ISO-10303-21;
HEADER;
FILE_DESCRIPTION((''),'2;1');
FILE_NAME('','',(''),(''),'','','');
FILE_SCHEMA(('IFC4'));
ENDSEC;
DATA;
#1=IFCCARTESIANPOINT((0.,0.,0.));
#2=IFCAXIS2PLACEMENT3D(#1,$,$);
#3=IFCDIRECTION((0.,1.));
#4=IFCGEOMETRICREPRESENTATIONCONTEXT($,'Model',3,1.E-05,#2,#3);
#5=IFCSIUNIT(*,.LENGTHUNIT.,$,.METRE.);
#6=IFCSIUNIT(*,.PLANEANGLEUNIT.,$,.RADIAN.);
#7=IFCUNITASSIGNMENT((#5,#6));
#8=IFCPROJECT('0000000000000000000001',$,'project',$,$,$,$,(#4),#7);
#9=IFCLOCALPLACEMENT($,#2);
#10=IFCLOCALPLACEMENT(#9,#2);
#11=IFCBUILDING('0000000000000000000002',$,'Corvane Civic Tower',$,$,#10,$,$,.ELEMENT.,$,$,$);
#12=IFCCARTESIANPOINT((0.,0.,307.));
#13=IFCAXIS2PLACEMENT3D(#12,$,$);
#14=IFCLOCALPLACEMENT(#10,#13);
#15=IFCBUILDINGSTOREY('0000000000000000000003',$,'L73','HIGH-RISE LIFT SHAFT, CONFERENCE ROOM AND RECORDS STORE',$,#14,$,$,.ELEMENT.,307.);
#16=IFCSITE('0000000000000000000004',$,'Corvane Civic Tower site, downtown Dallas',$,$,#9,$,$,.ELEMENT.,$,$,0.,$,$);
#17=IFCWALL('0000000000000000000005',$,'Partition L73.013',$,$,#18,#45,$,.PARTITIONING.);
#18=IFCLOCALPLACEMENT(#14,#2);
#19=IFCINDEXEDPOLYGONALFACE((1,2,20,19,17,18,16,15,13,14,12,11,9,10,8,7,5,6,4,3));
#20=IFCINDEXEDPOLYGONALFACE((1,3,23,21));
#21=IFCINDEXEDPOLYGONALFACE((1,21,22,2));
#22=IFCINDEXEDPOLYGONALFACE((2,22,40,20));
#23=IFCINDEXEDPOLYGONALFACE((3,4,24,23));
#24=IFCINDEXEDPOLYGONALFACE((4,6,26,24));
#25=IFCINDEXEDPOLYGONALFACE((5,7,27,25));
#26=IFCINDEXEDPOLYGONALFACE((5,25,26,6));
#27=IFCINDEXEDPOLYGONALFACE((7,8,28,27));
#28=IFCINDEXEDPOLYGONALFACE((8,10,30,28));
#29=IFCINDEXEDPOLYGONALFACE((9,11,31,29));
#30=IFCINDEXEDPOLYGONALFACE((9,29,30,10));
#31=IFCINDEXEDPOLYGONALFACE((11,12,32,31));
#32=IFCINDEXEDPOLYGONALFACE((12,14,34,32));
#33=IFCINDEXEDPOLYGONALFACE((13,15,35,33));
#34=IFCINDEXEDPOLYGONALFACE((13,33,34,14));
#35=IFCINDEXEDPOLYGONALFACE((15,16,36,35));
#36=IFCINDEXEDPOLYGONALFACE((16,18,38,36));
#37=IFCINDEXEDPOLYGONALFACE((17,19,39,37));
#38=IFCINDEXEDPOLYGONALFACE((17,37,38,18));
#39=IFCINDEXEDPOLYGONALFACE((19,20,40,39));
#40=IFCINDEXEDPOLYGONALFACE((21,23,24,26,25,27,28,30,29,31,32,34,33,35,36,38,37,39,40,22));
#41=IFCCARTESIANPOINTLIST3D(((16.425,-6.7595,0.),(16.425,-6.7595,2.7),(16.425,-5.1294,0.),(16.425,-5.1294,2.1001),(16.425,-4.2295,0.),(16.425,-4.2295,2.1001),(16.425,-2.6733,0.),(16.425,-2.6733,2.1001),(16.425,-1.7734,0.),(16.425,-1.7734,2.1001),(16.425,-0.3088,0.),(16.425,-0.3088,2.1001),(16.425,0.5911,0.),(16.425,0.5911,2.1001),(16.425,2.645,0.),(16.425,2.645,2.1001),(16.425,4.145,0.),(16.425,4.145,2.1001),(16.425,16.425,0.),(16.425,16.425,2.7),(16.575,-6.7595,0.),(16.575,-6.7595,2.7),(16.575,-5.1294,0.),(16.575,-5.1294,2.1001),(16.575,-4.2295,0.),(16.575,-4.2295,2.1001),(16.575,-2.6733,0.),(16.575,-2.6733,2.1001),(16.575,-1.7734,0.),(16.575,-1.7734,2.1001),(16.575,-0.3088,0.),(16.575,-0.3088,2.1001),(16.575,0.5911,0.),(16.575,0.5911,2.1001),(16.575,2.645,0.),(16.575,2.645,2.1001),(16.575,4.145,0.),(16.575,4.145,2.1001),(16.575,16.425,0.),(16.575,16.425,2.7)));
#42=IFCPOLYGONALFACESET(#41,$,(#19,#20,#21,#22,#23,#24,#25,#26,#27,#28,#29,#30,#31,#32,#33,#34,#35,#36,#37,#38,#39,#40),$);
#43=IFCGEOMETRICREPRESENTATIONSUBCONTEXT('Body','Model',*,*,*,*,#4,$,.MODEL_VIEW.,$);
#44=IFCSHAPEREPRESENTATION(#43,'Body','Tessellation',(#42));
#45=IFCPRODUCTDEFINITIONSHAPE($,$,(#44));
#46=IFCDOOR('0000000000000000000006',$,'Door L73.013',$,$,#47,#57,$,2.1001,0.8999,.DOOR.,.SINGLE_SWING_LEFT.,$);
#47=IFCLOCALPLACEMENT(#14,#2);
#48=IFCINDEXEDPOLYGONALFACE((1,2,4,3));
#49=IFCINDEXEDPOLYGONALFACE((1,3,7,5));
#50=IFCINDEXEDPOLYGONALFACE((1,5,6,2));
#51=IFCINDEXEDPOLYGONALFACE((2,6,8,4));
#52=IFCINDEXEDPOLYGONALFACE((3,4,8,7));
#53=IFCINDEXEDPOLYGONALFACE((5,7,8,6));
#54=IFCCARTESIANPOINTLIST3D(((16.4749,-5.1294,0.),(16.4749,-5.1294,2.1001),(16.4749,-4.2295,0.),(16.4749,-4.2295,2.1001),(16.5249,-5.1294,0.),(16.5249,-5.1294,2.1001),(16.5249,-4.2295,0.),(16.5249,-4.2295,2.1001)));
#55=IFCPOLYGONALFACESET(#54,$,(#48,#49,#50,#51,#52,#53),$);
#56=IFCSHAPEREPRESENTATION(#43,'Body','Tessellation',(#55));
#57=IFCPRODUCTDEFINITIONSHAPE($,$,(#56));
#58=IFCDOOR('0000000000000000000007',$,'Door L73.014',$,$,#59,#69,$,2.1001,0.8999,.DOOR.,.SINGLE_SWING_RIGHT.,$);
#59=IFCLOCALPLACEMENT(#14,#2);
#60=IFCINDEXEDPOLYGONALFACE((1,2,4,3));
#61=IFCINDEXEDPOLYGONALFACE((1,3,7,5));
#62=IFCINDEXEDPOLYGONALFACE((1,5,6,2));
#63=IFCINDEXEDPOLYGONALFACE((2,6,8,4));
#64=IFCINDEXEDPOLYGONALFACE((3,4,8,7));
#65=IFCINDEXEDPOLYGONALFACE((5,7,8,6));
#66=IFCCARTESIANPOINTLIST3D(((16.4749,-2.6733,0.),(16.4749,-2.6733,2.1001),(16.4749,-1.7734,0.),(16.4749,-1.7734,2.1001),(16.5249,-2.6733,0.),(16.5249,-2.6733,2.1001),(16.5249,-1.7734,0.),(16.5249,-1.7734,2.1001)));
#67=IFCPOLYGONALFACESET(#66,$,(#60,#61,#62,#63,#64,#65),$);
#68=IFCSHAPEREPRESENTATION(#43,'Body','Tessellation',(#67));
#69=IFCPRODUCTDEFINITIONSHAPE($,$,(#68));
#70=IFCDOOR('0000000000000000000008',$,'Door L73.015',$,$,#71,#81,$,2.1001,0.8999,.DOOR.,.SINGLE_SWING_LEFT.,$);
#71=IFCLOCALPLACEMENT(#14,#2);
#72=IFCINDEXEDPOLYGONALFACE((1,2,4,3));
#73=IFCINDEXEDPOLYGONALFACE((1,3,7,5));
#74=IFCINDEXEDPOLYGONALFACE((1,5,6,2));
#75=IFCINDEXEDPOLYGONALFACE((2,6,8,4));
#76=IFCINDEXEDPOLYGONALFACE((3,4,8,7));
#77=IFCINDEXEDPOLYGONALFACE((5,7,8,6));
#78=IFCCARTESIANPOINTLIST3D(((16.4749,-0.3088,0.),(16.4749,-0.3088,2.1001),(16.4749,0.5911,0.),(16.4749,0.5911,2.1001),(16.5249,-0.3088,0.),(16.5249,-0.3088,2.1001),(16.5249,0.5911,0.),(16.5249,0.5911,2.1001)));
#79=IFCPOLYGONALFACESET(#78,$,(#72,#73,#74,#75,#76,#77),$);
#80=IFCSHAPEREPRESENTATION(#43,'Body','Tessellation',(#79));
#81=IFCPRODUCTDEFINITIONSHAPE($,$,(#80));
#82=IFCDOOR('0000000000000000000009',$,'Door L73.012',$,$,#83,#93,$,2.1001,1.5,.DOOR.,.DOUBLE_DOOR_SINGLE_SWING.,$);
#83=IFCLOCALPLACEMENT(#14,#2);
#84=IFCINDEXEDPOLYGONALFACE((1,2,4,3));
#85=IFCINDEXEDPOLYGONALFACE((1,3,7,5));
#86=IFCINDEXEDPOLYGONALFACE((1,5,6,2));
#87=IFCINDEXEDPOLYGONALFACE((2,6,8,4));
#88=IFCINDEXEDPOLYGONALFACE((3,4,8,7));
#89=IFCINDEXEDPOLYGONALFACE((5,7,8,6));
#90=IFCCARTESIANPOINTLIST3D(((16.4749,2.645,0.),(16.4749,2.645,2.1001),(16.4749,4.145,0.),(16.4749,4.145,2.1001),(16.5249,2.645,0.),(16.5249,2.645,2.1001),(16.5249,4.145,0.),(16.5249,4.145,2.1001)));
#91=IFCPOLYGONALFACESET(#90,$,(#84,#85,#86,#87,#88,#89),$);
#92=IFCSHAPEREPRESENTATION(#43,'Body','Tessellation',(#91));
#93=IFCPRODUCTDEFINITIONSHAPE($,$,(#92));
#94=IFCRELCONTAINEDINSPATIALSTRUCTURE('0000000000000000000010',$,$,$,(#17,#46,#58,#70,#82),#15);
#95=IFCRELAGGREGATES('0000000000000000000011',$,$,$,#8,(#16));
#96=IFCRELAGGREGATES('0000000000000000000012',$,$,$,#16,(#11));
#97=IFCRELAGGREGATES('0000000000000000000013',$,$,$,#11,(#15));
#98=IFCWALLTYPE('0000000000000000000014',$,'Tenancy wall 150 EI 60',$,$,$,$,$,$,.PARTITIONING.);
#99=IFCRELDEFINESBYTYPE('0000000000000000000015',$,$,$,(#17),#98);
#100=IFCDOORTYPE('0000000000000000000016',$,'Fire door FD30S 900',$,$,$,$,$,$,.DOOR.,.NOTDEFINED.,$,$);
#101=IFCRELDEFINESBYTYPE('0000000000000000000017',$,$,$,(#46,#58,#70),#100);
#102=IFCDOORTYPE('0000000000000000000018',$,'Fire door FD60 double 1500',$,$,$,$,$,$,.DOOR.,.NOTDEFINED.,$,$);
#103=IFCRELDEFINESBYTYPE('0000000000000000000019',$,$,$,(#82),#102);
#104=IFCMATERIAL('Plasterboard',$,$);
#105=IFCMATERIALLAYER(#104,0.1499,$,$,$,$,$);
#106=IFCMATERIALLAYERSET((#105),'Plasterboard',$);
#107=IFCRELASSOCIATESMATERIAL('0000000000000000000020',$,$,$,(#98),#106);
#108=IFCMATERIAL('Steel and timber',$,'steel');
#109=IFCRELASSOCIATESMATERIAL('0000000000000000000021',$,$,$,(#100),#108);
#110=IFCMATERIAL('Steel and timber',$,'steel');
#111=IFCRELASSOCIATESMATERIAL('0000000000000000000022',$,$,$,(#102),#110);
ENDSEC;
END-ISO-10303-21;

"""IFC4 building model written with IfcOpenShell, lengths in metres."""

from ifc_helpers import new_model, si_unit, direction, frame, frame_2d, origin, place, context, subcontext, project, spatial, rectangle, extrude, material, layer, layer_set, type_object, element, fill, save


model = new_model("IFC4")

# Units and contexts
model_context = context("Model", 3, precision=1e-05, world=origin(), true_north=direction((0.0, 1.0)))
body_context = subcontext(model_context, "Body", "Model", "MODEL_VIEW")
ifc_project = project(units=[si_unit("LENGTHUNIT", "METRE"), si_unit("PLANEANGLEUNIT", "RADIAN")], contexts=[model_context])

# Site, building, storey
site_placement = place(None, origin())
site = spatial("IfcSite", under=ifc_project, at=site_placement, Name="Corvane Civic Tower site, downtown Dallas", CompositionType="ELEMENT", RefElevation=0.0)
building_placement = place(site_placement, origin())
building = spatial("IfcBuilding", under=site, at=building_placement, Name="Corvane Civic Tower", CompositionType="ELEMENT")
storey_placement = place(building_placement, frame((0.0, 0.0, 307.0)))
storey = spatial("IfcBuildingStorey", under=building, at=storey_placement, Name="L73", Description="HIGH-RISE LIFT SHAFT, CONFERENCE ROOM AND RECORDS STORE", CompositionType="ELEMENT", Elevation=307.0)

# Wall, openings, doors
ifc_material_1 = material(Name="Plasterboard")
ifc_layer_1 = layer(ifc_material_1, 0.1499)
ifc_layer_set_1 = layer_set([ifc_layer_1], Name="Plasterboard")
wall_type_1 = type_object("IfcWallType", Name="Tenancy wall 150 EI 60", PredefinedType="PARTITIONING", material=ifc_layer_set_1)
wall_1_placement = place(storey_placement, frame((16.5, -6.7595, 0.0), z_axis=(0.0, 0.0, 1.0), x_axis=(0.0, 1.0, 0.0)))
wall_1 = element("IfcWall", 1, at=wall_1_placement, inside=storey, type_object=wall_type_1, Name="Partition L73.013", PredefinedType="PARTITIONING", context=body_context, shape_type="SweptSolid", body=[
    extrude(rectangle(XDim=23.1846, YDim=0.1499, at=frame_2d((11.5923, 0.0))), origin(), (0.0, 0.0, 1.0), 2.7),
])
opening_1_placement = place(wall_1_placement, frame((9.4045, 0.0, 0.0)))
opening_1 = element("IfcOpeningElement", 2, at=opening_1_placement, cuts=wall_1, PredefinedType="OPENING", context=body_context, shape_type="SweptSolid", body=[
    extrude(rectangle(XDim=1.5, YDim=2.1001, at=frame_2d((0.75, 1.05))), frame((0.0, 0.085, 0.0), z_axis=(0.0, -1.0, 0.0), x_axis=(1.0, 0.0, 0.0)), (0.0, 0.0, 1.0), 0.1699),
])
opening_2_placement = place(wall_1_placement, frame((1.6301, 0.0, 0.0)))
opening_2 = element("IfcOpeningElement", 3, at=opening_2_placement, cuts=wall_1, PredefinedType="OPENING", context=body_context, shape_type="SweptSolid", body=[
    extrude(rectangle(XDim=0.8999, YDim=2.1001, at=frame_2d((0.45, 1.05))), frame((0.0, 0.085, 0.0), z_axis=(0.0, -1.0, 0.0), x_axis=(1.0, 0.0, 0.0)), (0.0, 0.0, 1.0), 0.1699),
])
opening_3_placement = place(wall_1_placement, frame((4.0862, 0.0, 0.0)))
opening_3 = element("IfcOpeningElement", 4, at=opening_3_placement, cuts=wall_1, PredefinedType="OPENING", context=body_context, shape_type="SweptSolid", body=[
    extrude(rectangle(XDim=0.8999, YDim=2.1001, at=frame_2d((0.45, 1.05))), frame((0.0, 0.085, 0.0), z_axis=(0.0, -1.0, 0.0), x_axis=(1.0, 0.0, 0.0)), (0.0, 0.0, 1.0), 0.1699),
])
opening_4_placement = place(wall_1_placement, frame((6.4507, 0.0, 0.0)))
opening_4 = element("IfcOpeningElement", 5, at=opening_4_placement, cuts=wall_1, PredefinedType="OPENING", context=body_context, shape_type="SweptSolid", body=[
    extrude(rectangle(XDim=0.8999, YDim=2.1001, at=frame_2d((0.45, 1.05))), frame((0.0, 0.085, 0.0), z_axis=(0.0, -1.0, 0.0), x_axis=(1.0, 0.0, 0.0)), (0.0, 0.0, 1.0), 0.1699),
])
ifc_material_2 = material(Name="Steel and timber", Category="steel")
door_type_1 = type_object("IfcDoorType", Name="Fire door FD30S 900", OperationType="NOTDEFINED", PredefinedType="DOOR", material=ifc_material_2)
door_1_placement = place(opening_2_placement, frame((0.8999, 0.0, 0.0), z_axis=(0.0, 0.0, 1.0), x_axis=(-1.0, 0.0, 0.0)))
door_1 = element("IfcDoor", 6, at=door_1_placement, inside=storey, type_object=door_type_1, Name="Door L73.013", OperationType="SINGLE_SWING_LEFT", OverallHeight=2.1001, OverallWidth=0.8999, PredefinedType="DOOR", context=body_context, shape_type="SweptSolid", body=[
    extrude(rectangle(XDim=0.8999, YDim=2.1001, at=frame_2d((0.45, 1.05))), frame((0.0, 0.0249, 0.0), z_axis=(0.0, -1.0, 0.0), x_axis=(1.0, 0.0, 0.0)), (0.0, 0.0, 1.0), 0.05),
])
fill(opening_2, door_1)
door_2_placement = place(opening_3_placement, frame((0.8999, 0.0, 0.0), z_axis=(0.0, 0.0, 1.0), x_axis=(-1.0, 0.0, 0.0)))
door_2 = element("IfcDoor", 7, at=door_2_placement, inside=storey, type_object=door_type_1, Name="Door L73.014", OperationType="SINGLE_SWING_RIGHT", OverallHeight=2.1001, OverallWidth=0.8999, PredefinedType="DOOR", context=body_context, shape_type="SweptSolid", body=[
    extrude(rectangle(XDim=0.8999, YDim=2.1001, at=frame_2d((0.45, 1.05))), frame((0.0, 0.0249, 0.0), z_axis=(0.0, -1.0, 0.0), x_axis=(1.0, 0.0, 0.0)), (0.0, 0.0, 1.0), 0.05),
])
fill(opening_3, door_2)
door_3_placement = place(opening_4_placement, frame((0.8999, 0.0, 0.0), z_axis=(0.0, 0.0, 1.0), x_axis=(-1.0, 0.0, 0.0)))
door_3 = element("IfcDoor", 8, at=door_3_placement, inside=storey, type_object=door_type_1, Name="Door L73.015", OperationType="SINGLE_SWING_LEFT", OverallHeight=2.1001, OverallWidth=0.8999, PredefinedType="DOOR", context=body_context, shape_type="SweptSolid", body=[
    extrude(rectangle(XDim=0.8999, YDim=2.1001, at=frame_2d((0.45, 1.05))), frame((0.0, 0.0249, 0.0), z_axis=(0.0, -1.0, 0.0), x_axis=(1.0, 0.0, 0.0)), (0.0, 0.0, 1.0), 0.05),
])
fill(opening_4, door_3)
ifc_material_3 = material(Name="Steel and timber", Category="steel")
door_type_2 = type_object("IfcDoorType", Name="Fire door FD60 double 1500", OperationType="NOTDEFINED", PredefinedType="DOOR", material=ifc_material_3)
door_4_placement = place(opening_1_placement, frame((1.5, 0.0, 0.0), z_axis=(0.0, 0.0, 1.0), x_axis=(-1.0, 0.0, 0.0)))
door_4 = element("IfcDoor", 9, at=door_4_placement, inside=storey, type_object=door_type_2, Name="Door L73.012", OperationType="DOUBLE_DOOR_SINGLE_SWING", OverallHeight=2.1001, OverallWidth=1.5, PredefinedType="DOOR", context=body_context, shape_type="SweptSolid", body=[
    extrude(rectangle(XDim=1.5, YDim=2.1001, at=frame_2d((0.75, 1.05))), frame((0.0, 0.0249, 0.0), z_axis=(0.0, -1.0, 0.0), x_axis=(1.0, 0.0, 0.0)), (0.0, 0.0, 1.0), 0.05),
])
fill(opening_1, door_4)

save(model, "model.ifc")
